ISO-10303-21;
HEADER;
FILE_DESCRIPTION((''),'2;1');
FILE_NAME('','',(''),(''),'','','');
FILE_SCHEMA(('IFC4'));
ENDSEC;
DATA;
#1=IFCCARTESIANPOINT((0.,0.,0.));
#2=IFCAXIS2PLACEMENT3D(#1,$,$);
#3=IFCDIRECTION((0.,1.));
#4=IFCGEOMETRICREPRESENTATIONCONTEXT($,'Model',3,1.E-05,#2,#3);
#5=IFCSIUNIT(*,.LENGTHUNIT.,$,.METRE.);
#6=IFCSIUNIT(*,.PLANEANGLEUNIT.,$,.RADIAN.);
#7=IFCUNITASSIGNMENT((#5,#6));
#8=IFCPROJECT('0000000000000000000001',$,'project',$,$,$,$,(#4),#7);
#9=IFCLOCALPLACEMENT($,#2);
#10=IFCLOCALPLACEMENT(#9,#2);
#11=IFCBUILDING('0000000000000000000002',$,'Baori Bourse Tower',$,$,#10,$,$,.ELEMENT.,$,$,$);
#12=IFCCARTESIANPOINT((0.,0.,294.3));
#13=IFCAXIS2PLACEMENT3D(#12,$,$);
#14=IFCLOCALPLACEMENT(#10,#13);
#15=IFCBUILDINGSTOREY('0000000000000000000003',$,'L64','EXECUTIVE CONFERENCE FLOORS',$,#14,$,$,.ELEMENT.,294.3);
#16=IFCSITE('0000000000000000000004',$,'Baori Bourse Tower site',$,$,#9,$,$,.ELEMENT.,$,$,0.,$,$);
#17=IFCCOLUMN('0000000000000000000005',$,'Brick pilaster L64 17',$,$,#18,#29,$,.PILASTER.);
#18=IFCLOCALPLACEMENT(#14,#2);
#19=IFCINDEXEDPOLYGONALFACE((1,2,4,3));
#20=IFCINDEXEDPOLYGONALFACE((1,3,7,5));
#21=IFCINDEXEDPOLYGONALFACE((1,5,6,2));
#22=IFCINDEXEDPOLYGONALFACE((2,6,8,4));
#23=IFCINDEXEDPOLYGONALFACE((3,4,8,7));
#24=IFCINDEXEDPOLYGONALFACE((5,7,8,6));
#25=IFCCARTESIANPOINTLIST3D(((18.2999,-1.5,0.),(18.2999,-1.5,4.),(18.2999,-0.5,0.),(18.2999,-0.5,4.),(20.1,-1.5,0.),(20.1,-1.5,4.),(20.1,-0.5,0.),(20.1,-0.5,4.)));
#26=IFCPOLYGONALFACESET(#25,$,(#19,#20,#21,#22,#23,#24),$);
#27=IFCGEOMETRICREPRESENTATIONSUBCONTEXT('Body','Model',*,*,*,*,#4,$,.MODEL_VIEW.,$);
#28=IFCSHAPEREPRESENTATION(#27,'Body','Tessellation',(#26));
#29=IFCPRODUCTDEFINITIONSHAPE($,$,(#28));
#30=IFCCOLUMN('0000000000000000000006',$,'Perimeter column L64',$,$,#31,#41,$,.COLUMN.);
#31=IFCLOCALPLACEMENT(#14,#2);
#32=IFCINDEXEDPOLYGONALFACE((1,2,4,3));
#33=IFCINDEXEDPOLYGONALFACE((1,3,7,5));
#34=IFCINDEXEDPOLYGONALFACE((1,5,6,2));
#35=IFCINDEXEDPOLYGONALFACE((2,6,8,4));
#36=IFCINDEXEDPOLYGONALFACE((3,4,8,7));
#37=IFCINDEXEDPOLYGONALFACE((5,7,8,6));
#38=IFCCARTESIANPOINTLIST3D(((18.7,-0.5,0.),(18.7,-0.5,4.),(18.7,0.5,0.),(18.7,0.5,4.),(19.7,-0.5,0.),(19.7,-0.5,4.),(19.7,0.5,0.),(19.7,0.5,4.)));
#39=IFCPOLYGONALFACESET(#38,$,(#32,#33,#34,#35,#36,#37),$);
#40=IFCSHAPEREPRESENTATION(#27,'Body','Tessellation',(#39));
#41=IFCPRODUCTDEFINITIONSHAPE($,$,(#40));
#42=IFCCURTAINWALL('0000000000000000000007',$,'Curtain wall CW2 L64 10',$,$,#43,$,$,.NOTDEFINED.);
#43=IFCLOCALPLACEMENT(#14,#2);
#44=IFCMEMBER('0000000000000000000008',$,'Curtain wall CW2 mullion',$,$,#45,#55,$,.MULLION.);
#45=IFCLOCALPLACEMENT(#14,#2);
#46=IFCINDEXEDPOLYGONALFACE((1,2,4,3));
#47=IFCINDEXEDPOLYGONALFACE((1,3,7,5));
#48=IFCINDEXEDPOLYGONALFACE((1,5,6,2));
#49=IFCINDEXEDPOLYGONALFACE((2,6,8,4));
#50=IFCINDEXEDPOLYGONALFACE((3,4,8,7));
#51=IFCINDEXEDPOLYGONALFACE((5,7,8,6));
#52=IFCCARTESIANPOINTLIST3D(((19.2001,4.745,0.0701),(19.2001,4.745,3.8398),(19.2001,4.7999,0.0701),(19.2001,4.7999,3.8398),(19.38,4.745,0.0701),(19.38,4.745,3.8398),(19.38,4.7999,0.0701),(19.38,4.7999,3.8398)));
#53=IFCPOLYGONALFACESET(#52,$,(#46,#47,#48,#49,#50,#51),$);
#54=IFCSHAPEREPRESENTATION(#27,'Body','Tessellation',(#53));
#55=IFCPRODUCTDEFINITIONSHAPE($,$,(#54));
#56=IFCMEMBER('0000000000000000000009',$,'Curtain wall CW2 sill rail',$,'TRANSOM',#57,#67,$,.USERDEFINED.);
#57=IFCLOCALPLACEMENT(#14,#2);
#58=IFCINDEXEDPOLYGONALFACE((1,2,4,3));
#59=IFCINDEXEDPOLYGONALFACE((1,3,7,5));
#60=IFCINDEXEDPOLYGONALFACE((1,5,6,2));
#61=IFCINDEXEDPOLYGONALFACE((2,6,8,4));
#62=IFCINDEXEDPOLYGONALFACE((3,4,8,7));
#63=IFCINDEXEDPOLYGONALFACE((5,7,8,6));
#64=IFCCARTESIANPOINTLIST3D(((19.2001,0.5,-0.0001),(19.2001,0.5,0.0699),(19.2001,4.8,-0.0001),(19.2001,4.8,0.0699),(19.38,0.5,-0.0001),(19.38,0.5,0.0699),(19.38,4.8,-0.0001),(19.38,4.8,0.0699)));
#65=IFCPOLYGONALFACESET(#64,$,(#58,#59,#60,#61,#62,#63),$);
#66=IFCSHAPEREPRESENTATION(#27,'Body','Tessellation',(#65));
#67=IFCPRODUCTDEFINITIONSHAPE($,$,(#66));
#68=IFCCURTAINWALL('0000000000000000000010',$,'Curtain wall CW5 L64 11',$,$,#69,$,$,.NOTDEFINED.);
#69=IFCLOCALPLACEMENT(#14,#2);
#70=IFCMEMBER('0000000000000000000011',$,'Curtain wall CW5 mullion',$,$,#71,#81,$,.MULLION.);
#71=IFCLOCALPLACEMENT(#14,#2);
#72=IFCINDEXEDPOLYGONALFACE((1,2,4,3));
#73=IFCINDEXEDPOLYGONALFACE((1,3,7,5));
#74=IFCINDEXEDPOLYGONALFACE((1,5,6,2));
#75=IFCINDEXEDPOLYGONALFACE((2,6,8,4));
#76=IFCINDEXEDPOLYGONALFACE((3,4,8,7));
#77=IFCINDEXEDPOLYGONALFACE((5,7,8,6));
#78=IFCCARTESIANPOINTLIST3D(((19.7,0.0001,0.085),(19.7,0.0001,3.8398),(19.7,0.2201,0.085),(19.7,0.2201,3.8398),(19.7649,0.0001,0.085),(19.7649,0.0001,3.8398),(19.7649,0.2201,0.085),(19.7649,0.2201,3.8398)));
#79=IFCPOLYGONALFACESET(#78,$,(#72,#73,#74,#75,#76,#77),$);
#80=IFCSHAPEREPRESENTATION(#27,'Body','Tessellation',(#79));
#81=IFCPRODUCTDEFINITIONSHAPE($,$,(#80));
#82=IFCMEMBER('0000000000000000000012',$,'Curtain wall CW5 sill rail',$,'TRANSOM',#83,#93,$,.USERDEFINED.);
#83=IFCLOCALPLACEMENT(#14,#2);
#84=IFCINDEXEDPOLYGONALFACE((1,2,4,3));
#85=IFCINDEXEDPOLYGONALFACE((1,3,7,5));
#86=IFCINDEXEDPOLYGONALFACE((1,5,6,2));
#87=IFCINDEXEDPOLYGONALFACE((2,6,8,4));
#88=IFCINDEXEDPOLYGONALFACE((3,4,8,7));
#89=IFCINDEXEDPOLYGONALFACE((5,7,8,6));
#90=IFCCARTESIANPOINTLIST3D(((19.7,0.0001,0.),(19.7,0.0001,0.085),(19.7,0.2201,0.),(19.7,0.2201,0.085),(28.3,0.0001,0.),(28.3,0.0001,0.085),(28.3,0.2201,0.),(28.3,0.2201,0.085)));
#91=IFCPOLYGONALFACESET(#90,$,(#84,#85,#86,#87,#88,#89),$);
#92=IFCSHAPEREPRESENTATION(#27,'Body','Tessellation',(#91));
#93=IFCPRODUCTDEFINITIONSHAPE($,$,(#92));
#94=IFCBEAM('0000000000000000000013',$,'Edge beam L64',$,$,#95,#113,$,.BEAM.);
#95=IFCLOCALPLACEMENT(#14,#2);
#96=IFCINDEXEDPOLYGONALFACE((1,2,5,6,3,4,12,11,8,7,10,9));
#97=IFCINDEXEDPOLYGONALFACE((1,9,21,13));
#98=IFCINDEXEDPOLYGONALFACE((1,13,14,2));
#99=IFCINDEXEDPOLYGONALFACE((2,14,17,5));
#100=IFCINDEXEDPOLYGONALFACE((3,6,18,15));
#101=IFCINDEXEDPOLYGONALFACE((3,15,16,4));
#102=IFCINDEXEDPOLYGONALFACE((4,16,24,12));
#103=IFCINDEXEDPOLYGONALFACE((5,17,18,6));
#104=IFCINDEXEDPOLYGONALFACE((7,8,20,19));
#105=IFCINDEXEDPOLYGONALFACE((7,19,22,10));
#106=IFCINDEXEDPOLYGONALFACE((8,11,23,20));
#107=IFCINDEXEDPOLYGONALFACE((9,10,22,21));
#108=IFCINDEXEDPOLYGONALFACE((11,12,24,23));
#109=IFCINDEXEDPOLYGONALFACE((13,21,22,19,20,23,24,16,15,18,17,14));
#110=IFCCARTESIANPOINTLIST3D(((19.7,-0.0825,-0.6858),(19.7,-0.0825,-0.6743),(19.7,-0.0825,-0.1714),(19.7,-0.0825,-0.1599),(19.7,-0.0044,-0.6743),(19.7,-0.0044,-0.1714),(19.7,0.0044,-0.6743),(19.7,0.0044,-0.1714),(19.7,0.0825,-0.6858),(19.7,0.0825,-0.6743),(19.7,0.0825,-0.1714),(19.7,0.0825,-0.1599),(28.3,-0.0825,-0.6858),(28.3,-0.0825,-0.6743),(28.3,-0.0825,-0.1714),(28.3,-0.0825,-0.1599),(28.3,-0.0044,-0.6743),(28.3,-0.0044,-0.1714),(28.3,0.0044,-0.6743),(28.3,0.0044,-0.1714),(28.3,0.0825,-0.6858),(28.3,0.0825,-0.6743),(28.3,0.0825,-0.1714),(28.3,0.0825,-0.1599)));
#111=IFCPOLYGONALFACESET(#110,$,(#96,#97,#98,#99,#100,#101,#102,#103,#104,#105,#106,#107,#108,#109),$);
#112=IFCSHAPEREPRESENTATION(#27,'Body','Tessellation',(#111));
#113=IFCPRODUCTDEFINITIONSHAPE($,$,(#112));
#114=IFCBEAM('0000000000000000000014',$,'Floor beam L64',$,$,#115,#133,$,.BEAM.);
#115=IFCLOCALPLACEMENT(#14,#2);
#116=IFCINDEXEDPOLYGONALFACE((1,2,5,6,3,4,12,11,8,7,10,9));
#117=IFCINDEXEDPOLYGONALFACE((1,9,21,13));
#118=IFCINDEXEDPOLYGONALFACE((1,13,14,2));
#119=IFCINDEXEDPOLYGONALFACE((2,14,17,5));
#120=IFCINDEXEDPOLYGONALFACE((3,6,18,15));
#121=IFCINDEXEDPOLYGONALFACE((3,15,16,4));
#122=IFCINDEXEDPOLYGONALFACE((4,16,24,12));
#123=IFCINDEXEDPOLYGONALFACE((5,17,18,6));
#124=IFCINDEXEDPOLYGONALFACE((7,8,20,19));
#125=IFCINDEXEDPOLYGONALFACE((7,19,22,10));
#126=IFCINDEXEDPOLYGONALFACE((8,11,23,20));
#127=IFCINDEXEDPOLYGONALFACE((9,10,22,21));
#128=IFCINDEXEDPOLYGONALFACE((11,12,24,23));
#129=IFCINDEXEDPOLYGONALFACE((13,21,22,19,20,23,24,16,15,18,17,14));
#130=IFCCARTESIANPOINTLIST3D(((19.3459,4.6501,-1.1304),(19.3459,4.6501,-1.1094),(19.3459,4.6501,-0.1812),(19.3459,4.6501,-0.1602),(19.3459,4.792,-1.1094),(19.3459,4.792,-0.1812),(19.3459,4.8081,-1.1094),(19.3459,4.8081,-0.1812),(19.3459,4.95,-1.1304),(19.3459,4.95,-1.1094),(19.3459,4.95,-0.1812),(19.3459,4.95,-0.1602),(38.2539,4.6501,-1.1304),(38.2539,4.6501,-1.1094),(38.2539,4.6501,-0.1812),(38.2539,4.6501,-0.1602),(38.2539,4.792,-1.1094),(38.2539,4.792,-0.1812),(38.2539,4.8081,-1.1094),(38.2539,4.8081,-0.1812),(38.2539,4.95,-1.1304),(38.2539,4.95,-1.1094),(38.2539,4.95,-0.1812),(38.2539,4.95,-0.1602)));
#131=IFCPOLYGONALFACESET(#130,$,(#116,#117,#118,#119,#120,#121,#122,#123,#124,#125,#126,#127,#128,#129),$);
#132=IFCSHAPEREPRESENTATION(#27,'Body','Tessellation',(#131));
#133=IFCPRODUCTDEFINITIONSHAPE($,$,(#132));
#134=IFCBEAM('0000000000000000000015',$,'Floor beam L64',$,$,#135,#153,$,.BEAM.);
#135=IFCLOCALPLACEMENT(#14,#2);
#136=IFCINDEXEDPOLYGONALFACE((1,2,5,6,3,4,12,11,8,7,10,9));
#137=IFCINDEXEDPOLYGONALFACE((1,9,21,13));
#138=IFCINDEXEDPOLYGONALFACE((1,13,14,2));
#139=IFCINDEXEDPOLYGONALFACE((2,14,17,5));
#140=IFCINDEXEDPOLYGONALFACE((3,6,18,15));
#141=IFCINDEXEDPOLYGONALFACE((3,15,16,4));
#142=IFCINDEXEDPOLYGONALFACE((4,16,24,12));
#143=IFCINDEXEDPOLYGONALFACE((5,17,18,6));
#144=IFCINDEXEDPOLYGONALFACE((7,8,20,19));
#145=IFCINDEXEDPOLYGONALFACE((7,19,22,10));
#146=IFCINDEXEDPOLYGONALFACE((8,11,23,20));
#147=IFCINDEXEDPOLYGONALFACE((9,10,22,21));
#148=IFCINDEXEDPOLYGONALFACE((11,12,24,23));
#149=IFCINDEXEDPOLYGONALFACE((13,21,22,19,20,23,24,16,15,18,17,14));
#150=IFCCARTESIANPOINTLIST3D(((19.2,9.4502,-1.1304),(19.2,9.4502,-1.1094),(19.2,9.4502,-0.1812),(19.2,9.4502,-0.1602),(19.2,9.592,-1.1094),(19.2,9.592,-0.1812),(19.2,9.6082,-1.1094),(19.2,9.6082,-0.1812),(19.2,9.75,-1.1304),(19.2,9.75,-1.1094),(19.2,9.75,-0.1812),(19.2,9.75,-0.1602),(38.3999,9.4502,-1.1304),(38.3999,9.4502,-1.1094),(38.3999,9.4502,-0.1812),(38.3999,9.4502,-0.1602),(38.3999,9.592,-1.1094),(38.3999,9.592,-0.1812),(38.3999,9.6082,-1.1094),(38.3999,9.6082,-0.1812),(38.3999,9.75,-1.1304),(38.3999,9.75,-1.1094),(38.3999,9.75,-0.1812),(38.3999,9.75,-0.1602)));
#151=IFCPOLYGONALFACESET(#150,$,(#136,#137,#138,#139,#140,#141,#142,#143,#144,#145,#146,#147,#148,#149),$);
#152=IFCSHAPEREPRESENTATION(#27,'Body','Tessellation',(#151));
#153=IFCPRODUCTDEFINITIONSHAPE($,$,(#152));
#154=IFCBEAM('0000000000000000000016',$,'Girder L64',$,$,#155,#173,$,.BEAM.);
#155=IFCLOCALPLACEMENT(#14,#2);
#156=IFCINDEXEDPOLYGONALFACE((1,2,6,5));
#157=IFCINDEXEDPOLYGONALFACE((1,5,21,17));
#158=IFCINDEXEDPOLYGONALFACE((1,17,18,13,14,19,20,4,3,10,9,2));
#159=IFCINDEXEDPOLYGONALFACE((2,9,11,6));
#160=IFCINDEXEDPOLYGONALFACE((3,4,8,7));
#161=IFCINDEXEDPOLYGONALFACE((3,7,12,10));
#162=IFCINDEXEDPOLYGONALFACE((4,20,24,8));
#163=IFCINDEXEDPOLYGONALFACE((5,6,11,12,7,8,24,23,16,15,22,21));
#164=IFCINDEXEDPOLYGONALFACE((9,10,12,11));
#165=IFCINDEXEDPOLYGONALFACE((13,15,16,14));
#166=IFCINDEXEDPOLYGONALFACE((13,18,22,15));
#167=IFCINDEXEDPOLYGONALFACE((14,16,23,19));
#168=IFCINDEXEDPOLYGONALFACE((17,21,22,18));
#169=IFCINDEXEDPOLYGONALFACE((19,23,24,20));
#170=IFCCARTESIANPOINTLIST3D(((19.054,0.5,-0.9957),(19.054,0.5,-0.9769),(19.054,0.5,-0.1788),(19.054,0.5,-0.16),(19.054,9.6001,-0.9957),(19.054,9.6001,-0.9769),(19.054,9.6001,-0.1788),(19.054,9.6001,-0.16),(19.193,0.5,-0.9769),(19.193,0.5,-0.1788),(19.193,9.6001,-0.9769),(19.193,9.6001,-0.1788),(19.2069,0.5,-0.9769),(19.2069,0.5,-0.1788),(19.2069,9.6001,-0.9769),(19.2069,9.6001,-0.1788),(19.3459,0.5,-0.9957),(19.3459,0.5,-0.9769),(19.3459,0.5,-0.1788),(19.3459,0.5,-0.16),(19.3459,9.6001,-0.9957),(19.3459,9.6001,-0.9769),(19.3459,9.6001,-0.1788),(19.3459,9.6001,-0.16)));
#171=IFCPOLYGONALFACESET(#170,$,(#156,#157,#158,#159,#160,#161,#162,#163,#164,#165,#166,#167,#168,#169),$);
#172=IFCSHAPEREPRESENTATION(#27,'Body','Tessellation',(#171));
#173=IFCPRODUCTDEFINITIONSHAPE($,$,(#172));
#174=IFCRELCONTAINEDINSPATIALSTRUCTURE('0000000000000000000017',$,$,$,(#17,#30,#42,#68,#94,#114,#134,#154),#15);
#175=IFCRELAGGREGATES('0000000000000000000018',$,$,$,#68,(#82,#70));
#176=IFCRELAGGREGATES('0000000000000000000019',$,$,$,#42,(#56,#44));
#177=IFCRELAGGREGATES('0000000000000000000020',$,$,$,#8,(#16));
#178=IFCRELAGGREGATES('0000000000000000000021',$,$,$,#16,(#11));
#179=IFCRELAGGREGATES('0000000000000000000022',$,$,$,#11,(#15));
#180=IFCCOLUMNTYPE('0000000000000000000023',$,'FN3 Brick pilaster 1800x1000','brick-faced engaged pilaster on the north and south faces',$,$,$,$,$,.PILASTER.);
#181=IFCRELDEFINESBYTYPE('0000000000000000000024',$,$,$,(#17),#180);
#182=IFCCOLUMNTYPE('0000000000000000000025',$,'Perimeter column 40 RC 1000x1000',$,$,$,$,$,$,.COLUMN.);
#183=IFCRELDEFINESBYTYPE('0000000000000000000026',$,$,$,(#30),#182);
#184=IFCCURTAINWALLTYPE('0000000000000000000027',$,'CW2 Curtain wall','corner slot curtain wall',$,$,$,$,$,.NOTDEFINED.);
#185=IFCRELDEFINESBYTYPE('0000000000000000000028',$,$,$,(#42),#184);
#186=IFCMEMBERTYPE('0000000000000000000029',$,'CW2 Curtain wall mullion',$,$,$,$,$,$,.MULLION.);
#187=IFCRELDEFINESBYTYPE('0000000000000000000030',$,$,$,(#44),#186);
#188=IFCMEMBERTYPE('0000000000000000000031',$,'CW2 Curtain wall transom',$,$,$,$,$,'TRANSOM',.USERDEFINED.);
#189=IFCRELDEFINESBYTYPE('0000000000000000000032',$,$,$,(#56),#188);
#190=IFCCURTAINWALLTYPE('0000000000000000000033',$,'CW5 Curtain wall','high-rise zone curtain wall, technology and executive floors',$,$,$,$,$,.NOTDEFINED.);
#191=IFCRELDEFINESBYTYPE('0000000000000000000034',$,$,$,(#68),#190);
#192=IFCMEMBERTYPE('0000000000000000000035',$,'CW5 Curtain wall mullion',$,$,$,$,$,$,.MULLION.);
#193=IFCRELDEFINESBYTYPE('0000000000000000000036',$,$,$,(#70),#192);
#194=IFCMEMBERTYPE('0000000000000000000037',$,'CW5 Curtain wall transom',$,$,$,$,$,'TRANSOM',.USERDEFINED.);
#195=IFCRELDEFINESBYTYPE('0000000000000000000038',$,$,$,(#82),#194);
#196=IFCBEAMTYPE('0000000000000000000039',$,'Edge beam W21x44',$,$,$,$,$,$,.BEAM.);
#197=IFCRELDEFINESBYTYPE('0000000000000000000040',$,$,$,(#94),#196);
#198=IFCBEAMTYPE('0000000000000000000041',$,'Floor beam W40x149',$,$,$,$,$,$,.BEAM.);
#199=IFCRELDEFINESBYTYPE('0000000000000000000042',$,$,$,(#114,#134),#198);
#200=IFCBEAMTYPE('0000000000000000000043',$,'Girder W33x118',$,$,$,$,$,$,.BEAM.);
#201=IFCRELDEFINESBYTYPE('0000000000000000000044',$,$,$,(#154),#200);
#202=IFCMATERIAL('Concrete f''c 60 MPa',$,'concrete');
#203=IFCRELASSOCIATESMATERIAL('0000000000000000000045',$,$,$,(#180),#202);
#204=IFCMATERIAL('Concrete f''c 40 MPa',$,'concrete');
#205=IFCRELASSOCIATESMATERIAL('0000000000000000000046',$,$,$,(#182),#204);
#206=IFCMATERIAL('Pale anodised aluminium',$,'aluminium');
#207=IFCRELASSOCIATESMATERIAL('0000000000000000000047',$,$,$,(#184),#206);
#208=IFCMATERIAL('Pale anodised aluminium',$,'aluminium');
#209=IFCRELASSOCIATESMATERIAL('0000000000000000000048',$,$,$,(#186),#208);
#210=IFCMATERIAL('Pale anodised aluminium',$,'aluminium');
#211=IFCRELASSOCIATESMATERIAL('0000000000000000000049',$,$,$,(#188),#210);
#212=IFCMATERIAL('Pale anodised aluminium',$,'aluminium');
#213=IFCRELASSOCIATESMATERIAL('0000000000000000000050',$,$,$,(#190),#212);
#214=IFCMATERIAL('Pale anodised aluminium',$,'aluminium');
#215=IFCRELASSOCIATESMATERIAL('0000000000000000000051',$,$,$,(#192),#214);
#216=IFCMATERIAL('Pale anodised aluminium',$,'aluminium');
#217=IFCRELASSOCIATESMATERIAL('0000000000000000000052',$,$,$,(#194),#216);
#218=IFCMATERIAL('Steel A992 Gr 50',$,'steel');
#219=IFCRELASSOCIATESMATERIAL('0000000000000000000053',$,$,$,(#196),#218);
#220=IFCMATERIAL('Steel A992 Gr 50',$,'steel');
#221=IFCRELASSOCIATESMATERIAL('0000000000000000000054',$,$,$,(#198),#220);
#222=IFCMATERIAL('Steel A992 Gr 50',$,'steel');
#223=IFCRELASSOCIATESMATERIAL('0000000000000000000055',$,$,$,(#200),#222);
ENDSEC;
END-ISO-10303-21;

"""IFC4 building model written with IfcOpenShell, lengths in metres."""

from ifc_helpers import new_model, si_unit, direction, frame, origin, origin_2d, place, context, subcontext, project, spatial, rectangle, i_section, extrude, material, material_profile, profile_set, type_object, element, aggregate, save


model = new_model("IFC4")

# Units and contexts
model_context = context("Model", 3, precision=1e-05, world=origin(), true_north=direction((0.0, 1.0)))
body_context = subcontext(model_context, "Body", "Model", "MODEL_VIEW")
ifc_project = project(units=[si_unit("LENGTHUNIT", "METRE"), si_unit("PLANEANGLEUNIT", "RADIAN")], contexts=[model_context])

# Site, building, storey
site_placement = place(None, origin())
site = spatial("IfcSite", under=ifc_project, at=site_placement, Name="Baori Bourse Tower site", CompositionType="ELEMENT", RefElevation=0.0)
building_placement = place(site_placement, origin())
building = spatial("IfcBuilding", under=site, at=building_placement, Name="Baori Bourse Tower", CompositionType="ELEMENT")
storey_placement = place(building_placement, frame((0.0, 0.0, 294.3)))
storey = spatial("IfcBuildingStorey", under=building, at=storey_placement, Name="L64", Description="EXECUTIVE CONFERENCE FLOORS", CompositionType="ELEMENT", Elevation=294.3)

# Columns
ifc_material_1 = material(Name="Concrete f'c 60 MPa", Category="concrete")
ifc_material_profile_1 = material_profile(ifc_material_1, rectangle(XDim=1.8, YDim=1.0, at=origin_2d()), Name="RC 1800x1000")
ifc_profile_set_1 = profile_set([ifc_material_profile_1], Name="Concrete f'c 60 MPa")
column_type_1 = type_object("IfcColumnType", Name="FN3 Brick pilaster 1800x1000", Description="brick-faced engaged pilaster on the north and south faces", PredefinedType="PILASTER", material=ifc_profile_set_1)
column_1_placement = place(storey_placement, frame((19.2, -1.0, 0.0), z_axis=(0.0, 0.0, 1.0), x_axis=(1.0, 0.0, 0.0)))
element("IfcColumn", 1, at=column_1_placement, inside=storey, type_object=column_type_1, Name="Brick pilaster L64 17", PredefinedType="PILASTER", context=body_context, shape_type="SweptSolid", body=[
    extrude(rectangle(XDim=1.8, YDim=1.0, at=origin_2d()), origin(), (0.0, 0.0, 1.0), 4.0),
])
ifc_material_2 = material(Name="Concrete f'c 40 MPa", Category="concrete")
ifc_material_profile_2 = material_profile(ifc_material_2, rectangle(XDim=1.0, YDim=1.0, at=origin_2d()), Name="RC 1000x1000")
ifc_profile_set_2 = profile_set([ifc_material_profile_2], Name="Concrete f'c 40 MPa")
column_type_2 = type_object("IfcColumnType", Name="Perimeter column 40 RC 1000x1000", PredefinedType="COLUMN", material=ifc_profile_set_2)
column_2_placement = place(storey_placement, frame((19.2, 0.0, 0.0), z_axis=(0.0, 0.0, 1.0), x_axis=(1.0, 0.0, 0.0)))
element("IfcColumn", 2, at=column_2_placement, inside=storey, type_object=column_type_2, Name="Perimeter column L64", PredefinedType="COLUMN", context=body_context, shape_type="SweptSolid", body=[
    extrude(rectangle(XDim=1.0, YDim=1.0, at=origin_2d()), origin(), (0.0, 0.0, 1.0), 4.0),
])

# Curtain walls, members
ifc_material_3 = material(Name="Pale anodised aluminium", Category="aluminium")
curtain_wall_type_1 = type_object("IfcCurtainWallType", Name="CW2 Curtain wall", Description="corner slot curtain wall", PredefinedType="NOTDEFINED", material=ifc_material_3)
curtain_wall_1_placement = place(storey_placement, origin())
curtain_wall_1 = element("IfcCurtainWall", 3, at=curtain_wall_1_placement, inside=storey, type_object=curtain_wall_type_1, Name="Curtain wall CW2 L64 10", PredefinedType="NOTDEFINED")
ifc_material_4 = material(Name="Pale anodised aluminium", Category="aluminium")
ifc_material_profile_3 = material_profile(ifc_material_4, rectangle(XDim=0.1799, YDim=0.0549, at=origin_2d()), Name="Mullion 55x180")
ifc_profile_set_3 = profile_set([ifc_material_profile_3], Name="Pale anodised aluminium")
member_type_1 = type_object("IfcMemberType", Name="CW2 Curtain wall mullion", PredefinedType="MULLION", material=ifc_profile_set_3)
member_1_placement = place(storey_placement, frame((19.29, 4.7725, 0.0701), z_axis=(0.0, 0.0, 1.0), x_axis=(1.0, 0.0, 0.0)))
member_1 = element("IfcMember", 4, at=member_1_placement, type_object=member_type_1, Name="Curtain wall CW2 mullion", PredefinedType="MULLION", context=body_context, shape_type="SweptSolid", body=[
    extrude(rectangle(XDim=0.1799, YDim=0.0549, at=origin_2d()), origin(), (0.0, 0.0, 1.0), 3.7698),
])
ifc_material_5 = material(Name="Pale anodised aluminium", Category="aluminium")
ifc_material_profile_4 = material_profile(ifc_material_5, rectangle(XDim=0.1799, YDim=0.0701, at=origin_2d()), Name="Transom 70x180")
ifc_profile_set_4 = profile_set([ifc_material_profile_4], Name="Pale anodised aluminium")
member_type_2 = type_object("IfcMemberType", Name="CW2 Curtain wall transom", ElementType="TRANSOM", PredefinedType="USERDEFINED", material=ifc_profile_set_4)
member_2_placement = place(storey_placement, frame((19.29, 4.8, 0.0349), z_axis=(0.0, -1.0, 0.0), x_axis=(1.0, 0.0, 0.0)))
member_2 = element("IfcMember", 5, at=member_2_placement, type_object=member_type_2, Name="Curtain wall CW2 sill rail", ObjectType="TRANSOM", PredefinedType="USERDEFINED", context=body_context, shape_type="SweptSolid", body=[
    extrude(rectangle(XDim=0.1799, YDim=0.0701, at=origin_2d()), origin(), (0.0, 0.0, 1.0), 4.3),
])
ifc_material_6 = material(Name="Pale anodised aluminium", Category="aluminium")
curtain_wall_type_2 = type_object("IfcCurtainWallType", Name="CW5 Curtain wall", Description="high-rise zone curtain wall, technology and executive floors", PredefinedType="NOTDEFINED", material=ifc_material_6)
curtain_wall_2_placement = place(storey_placement, origin())
curtain_wall_2 = element("IfcCurtainWall", 6, at=curtain_wall_2_placement, inside=storey, type_object=curtain_wall_type_2, Name="Curtain wall CW5 L64 11", PredefinedType="NOTDEFINED")
ifc_material_7 = material(Name="Pale anodised aluminium", Category="aluminium")
ifc_material_profile_5 = material_profile(ifc_material_7, rectangle(XDim=0.22, YDim=0.0649, at=origin_2d()), Name="Mullion 65x220")
ifc_profile_set_5 = profile_set([ifc_material_profile_5], Name="Pale anodised aluminium")
member_type_3 = type_object("IfcMemberType", Name="CW5 Curtain wall mullion", PredefinedType="MULLION", material=ifc_profile_set_5)
member_3_placement = place(storey_placement, frame((19.7324, 0.1101, 0.085), z_axis=(0.0, 0.0, 1.0), x_axis=(0.0, 1.0, 0.0)))
member_3 = element("IfcMember", 7, at=member_3_placement, type_object=member_type_3, Name="Curtain wall CW5 mullion", PredefinedType="MULLION", context=body_context, shape_type="SweptSolid", body=[
    extrude(rectangle(XDim=0.22, YDim=0.0649, at=origin_2d()), origin(), (0.0, 0.0, 1.0), 3.7549),
])
ifc_material_8 = material(Name="Pale anodised aluminium", Category="aluminium")
ifc_material_profile_6 = material_profile(ifc_material_8, rectangle(XDim=0.22, YDim=0.085, at=origin_2d()), Name="Transom 85x220")
ifc_profile_set_6 = profile_set([ifc_material_profile_6], Name="Pale anodised aluminium")
member_type_4 = type_object("IfcMemberType", Name="CW5 Curtain wall transom", ElementType="TRANSOM", PredefinedType="USERDEFINED", material=ifc_profile_set_6)
member_4_placement = place(storey_placement, frame((19.7, 0.1101, 0.0425), z_axis=(1.0, 0.0, 0.0), x_axis=(0.0, 1.0, 0.0)))
member_4 = element("IfcMember", 8, at=member_4_placement, type_object=member_type_4, Name="Curtain wall CW5 sill rail", ObjectType="TRANSOM", PredefinedType="USERDEFINED", context=body_context, shape_type="SweptSolid", body=[
    extrude(rectangle(XDim=0.22, YDim=0.085, at=origin_2d()), origin(), (0.0, 0.0, 1.0), 8.6001),
])
aggregate(curtain_wall_2, [member_4, member_3])

# Beams
ifc_material_9 = material(Name="Steel A992 Gr 50", Category="steel")
ifc_material_profile_7 = material_profile(ifc_material_9, i_section(OverallWidth=0.165, OverallDepth=0.5259, WebThickness=0.0088, FlangeThickness=0.0115, at=origin_2d()), Name="W21x44")
ifc_profile_set_7 = profile_set([ifc_material_profile_7], Name="Steel A992 Gr 50")
beam_type_1 = type_object("IfcBeamType", Name="Edge beam W21x44", PredefinedType="BEAM", material=ifc_profile_set_7)
beam_1_placement = place(storey_placement, frame((19.7, 0.0, -0.4229), z_axis=(1.0, 0.0, 0.0), x_axis=(0.0, 1.0, 0.0)))
element("IfcBeam", 9, at=beam_1_placement, inside=storey, type_object=beam_type_1, Name="Edge beam L64", PredefinedType="BEAM", context=body_context, shape_type="SweptSolid", body=[
    extrude(i_section(OverallWidth=0.165, OverallDepth=0.5259, WebThickness=0.0088, FlangeThickness=0.0115, at=origin_2d()), origin(), (0.0, 0.0, 1.0), 8.6001),
])
ifc_material_10 = material(Name="Steel A992 Gr 50", Category="steel")
ifc_material_profile_8 = material_profile(ifc_material_10, i_section(OverallWidth=0.2998, OverallDepth=0.9702, WebThickness=0.0161, FlangeThickness=0.021, at=origin_2d()), Name="W40x149")
ifc_profile_set_8 = profile_set([ifc_material_profile_8], Name="Steel A992 Gr 50")
beam_type_2 = type_object("IfcBeamType", Name="Floor beam W40x149", PredefinedType="BEAM", material=ifc_profile_set_8)
beam_2_placement = place(storey_placement, frame((19.3459, 4.8, -0.6453), z_axis=(1.0, 0.0, 0.0), x_axis=(0.0, 1.0, 0.0)))
element("IfcBeam", 10, at=beam_2_placement, inside=storey, type_object=beam_type_2, Name="Floor beam L64", PredefinedType="BEAM", context=body_context, shape_type="SweptSolid", body=[
    extrude(i_section(OverallWidth=0.2998, OverallDepth=0.9702, WebThickness=0.0161, FlangeThickness=0.021, at=origin_2d()), origin(), (0.0, 0.0, 1.0), 18.908),
])
beam_3_placement = place(storey_placement, frame((19.2, 9.6001, -0.6453), z_axis=(1.0, 0.0, 0.0), x_axis=(0.0, 1.0, 0.0)))
element("IfcBeam", 11, at=beam_3_placement, inside=storey, type_object=beam_type_2, Name="Floor beam L64", PredefinedType="BEAM", context=body_context, shape_type="SweptSolid", body=[
    extrude(i_section(OverallWidth=0.2998, OverallDepth=0.9702, WebThickness=0.0161, FlangeThickness=0.021, at=origin_2d()), origin(), (0.0, 0.0, 1.0), 19.2),
])
ifc_material_11 = material(Name="Steel A992 Gr 50", Category="steel")
ifc_material_profile_9 = material_profile(ifc_material_11, i_section(OverallWidth=0.292, OverallDepth=0.8357, WebThickness=0.0139, FlangeThickness=0.0188, at=origin_2d()), Name="W33x118")
ifc_profile_set_9 = profile_set([ifc_material_profile_9], Name="Steel A992 Gr 50")
beam_type_3 = type_object("IfcBeamType", Name="Girder W33x118", PredefinedType="BEAM", material=ifc_profile_set_9)
beam_4_placement = place(storey_placement, frame((19.2, 0.5, -0.5779), z_axis=(0.0, 1.0, 0.0), x_axis=(-1.0, 0.0, 0.0)))
element("IfcBeam", 12, at=beam_4_placement, inside=storey, type_object=beam_type_3, Name="Girder L64", PredefinedType="BEAM", context=body_context, shape_type="SweptSolid", body=[
    extrude(i_section(OverallWidth=0.292, OverallDepth=0.8357, WebThickness=0.0139, FlangeThickness=0.0188, at=origin_2d()), origin(), (0.0, 0.0, 1.0), 9.1001),
])

aggregate(curtain_wall_1, [member_2, member_1])

save(model, "model.ifc")
